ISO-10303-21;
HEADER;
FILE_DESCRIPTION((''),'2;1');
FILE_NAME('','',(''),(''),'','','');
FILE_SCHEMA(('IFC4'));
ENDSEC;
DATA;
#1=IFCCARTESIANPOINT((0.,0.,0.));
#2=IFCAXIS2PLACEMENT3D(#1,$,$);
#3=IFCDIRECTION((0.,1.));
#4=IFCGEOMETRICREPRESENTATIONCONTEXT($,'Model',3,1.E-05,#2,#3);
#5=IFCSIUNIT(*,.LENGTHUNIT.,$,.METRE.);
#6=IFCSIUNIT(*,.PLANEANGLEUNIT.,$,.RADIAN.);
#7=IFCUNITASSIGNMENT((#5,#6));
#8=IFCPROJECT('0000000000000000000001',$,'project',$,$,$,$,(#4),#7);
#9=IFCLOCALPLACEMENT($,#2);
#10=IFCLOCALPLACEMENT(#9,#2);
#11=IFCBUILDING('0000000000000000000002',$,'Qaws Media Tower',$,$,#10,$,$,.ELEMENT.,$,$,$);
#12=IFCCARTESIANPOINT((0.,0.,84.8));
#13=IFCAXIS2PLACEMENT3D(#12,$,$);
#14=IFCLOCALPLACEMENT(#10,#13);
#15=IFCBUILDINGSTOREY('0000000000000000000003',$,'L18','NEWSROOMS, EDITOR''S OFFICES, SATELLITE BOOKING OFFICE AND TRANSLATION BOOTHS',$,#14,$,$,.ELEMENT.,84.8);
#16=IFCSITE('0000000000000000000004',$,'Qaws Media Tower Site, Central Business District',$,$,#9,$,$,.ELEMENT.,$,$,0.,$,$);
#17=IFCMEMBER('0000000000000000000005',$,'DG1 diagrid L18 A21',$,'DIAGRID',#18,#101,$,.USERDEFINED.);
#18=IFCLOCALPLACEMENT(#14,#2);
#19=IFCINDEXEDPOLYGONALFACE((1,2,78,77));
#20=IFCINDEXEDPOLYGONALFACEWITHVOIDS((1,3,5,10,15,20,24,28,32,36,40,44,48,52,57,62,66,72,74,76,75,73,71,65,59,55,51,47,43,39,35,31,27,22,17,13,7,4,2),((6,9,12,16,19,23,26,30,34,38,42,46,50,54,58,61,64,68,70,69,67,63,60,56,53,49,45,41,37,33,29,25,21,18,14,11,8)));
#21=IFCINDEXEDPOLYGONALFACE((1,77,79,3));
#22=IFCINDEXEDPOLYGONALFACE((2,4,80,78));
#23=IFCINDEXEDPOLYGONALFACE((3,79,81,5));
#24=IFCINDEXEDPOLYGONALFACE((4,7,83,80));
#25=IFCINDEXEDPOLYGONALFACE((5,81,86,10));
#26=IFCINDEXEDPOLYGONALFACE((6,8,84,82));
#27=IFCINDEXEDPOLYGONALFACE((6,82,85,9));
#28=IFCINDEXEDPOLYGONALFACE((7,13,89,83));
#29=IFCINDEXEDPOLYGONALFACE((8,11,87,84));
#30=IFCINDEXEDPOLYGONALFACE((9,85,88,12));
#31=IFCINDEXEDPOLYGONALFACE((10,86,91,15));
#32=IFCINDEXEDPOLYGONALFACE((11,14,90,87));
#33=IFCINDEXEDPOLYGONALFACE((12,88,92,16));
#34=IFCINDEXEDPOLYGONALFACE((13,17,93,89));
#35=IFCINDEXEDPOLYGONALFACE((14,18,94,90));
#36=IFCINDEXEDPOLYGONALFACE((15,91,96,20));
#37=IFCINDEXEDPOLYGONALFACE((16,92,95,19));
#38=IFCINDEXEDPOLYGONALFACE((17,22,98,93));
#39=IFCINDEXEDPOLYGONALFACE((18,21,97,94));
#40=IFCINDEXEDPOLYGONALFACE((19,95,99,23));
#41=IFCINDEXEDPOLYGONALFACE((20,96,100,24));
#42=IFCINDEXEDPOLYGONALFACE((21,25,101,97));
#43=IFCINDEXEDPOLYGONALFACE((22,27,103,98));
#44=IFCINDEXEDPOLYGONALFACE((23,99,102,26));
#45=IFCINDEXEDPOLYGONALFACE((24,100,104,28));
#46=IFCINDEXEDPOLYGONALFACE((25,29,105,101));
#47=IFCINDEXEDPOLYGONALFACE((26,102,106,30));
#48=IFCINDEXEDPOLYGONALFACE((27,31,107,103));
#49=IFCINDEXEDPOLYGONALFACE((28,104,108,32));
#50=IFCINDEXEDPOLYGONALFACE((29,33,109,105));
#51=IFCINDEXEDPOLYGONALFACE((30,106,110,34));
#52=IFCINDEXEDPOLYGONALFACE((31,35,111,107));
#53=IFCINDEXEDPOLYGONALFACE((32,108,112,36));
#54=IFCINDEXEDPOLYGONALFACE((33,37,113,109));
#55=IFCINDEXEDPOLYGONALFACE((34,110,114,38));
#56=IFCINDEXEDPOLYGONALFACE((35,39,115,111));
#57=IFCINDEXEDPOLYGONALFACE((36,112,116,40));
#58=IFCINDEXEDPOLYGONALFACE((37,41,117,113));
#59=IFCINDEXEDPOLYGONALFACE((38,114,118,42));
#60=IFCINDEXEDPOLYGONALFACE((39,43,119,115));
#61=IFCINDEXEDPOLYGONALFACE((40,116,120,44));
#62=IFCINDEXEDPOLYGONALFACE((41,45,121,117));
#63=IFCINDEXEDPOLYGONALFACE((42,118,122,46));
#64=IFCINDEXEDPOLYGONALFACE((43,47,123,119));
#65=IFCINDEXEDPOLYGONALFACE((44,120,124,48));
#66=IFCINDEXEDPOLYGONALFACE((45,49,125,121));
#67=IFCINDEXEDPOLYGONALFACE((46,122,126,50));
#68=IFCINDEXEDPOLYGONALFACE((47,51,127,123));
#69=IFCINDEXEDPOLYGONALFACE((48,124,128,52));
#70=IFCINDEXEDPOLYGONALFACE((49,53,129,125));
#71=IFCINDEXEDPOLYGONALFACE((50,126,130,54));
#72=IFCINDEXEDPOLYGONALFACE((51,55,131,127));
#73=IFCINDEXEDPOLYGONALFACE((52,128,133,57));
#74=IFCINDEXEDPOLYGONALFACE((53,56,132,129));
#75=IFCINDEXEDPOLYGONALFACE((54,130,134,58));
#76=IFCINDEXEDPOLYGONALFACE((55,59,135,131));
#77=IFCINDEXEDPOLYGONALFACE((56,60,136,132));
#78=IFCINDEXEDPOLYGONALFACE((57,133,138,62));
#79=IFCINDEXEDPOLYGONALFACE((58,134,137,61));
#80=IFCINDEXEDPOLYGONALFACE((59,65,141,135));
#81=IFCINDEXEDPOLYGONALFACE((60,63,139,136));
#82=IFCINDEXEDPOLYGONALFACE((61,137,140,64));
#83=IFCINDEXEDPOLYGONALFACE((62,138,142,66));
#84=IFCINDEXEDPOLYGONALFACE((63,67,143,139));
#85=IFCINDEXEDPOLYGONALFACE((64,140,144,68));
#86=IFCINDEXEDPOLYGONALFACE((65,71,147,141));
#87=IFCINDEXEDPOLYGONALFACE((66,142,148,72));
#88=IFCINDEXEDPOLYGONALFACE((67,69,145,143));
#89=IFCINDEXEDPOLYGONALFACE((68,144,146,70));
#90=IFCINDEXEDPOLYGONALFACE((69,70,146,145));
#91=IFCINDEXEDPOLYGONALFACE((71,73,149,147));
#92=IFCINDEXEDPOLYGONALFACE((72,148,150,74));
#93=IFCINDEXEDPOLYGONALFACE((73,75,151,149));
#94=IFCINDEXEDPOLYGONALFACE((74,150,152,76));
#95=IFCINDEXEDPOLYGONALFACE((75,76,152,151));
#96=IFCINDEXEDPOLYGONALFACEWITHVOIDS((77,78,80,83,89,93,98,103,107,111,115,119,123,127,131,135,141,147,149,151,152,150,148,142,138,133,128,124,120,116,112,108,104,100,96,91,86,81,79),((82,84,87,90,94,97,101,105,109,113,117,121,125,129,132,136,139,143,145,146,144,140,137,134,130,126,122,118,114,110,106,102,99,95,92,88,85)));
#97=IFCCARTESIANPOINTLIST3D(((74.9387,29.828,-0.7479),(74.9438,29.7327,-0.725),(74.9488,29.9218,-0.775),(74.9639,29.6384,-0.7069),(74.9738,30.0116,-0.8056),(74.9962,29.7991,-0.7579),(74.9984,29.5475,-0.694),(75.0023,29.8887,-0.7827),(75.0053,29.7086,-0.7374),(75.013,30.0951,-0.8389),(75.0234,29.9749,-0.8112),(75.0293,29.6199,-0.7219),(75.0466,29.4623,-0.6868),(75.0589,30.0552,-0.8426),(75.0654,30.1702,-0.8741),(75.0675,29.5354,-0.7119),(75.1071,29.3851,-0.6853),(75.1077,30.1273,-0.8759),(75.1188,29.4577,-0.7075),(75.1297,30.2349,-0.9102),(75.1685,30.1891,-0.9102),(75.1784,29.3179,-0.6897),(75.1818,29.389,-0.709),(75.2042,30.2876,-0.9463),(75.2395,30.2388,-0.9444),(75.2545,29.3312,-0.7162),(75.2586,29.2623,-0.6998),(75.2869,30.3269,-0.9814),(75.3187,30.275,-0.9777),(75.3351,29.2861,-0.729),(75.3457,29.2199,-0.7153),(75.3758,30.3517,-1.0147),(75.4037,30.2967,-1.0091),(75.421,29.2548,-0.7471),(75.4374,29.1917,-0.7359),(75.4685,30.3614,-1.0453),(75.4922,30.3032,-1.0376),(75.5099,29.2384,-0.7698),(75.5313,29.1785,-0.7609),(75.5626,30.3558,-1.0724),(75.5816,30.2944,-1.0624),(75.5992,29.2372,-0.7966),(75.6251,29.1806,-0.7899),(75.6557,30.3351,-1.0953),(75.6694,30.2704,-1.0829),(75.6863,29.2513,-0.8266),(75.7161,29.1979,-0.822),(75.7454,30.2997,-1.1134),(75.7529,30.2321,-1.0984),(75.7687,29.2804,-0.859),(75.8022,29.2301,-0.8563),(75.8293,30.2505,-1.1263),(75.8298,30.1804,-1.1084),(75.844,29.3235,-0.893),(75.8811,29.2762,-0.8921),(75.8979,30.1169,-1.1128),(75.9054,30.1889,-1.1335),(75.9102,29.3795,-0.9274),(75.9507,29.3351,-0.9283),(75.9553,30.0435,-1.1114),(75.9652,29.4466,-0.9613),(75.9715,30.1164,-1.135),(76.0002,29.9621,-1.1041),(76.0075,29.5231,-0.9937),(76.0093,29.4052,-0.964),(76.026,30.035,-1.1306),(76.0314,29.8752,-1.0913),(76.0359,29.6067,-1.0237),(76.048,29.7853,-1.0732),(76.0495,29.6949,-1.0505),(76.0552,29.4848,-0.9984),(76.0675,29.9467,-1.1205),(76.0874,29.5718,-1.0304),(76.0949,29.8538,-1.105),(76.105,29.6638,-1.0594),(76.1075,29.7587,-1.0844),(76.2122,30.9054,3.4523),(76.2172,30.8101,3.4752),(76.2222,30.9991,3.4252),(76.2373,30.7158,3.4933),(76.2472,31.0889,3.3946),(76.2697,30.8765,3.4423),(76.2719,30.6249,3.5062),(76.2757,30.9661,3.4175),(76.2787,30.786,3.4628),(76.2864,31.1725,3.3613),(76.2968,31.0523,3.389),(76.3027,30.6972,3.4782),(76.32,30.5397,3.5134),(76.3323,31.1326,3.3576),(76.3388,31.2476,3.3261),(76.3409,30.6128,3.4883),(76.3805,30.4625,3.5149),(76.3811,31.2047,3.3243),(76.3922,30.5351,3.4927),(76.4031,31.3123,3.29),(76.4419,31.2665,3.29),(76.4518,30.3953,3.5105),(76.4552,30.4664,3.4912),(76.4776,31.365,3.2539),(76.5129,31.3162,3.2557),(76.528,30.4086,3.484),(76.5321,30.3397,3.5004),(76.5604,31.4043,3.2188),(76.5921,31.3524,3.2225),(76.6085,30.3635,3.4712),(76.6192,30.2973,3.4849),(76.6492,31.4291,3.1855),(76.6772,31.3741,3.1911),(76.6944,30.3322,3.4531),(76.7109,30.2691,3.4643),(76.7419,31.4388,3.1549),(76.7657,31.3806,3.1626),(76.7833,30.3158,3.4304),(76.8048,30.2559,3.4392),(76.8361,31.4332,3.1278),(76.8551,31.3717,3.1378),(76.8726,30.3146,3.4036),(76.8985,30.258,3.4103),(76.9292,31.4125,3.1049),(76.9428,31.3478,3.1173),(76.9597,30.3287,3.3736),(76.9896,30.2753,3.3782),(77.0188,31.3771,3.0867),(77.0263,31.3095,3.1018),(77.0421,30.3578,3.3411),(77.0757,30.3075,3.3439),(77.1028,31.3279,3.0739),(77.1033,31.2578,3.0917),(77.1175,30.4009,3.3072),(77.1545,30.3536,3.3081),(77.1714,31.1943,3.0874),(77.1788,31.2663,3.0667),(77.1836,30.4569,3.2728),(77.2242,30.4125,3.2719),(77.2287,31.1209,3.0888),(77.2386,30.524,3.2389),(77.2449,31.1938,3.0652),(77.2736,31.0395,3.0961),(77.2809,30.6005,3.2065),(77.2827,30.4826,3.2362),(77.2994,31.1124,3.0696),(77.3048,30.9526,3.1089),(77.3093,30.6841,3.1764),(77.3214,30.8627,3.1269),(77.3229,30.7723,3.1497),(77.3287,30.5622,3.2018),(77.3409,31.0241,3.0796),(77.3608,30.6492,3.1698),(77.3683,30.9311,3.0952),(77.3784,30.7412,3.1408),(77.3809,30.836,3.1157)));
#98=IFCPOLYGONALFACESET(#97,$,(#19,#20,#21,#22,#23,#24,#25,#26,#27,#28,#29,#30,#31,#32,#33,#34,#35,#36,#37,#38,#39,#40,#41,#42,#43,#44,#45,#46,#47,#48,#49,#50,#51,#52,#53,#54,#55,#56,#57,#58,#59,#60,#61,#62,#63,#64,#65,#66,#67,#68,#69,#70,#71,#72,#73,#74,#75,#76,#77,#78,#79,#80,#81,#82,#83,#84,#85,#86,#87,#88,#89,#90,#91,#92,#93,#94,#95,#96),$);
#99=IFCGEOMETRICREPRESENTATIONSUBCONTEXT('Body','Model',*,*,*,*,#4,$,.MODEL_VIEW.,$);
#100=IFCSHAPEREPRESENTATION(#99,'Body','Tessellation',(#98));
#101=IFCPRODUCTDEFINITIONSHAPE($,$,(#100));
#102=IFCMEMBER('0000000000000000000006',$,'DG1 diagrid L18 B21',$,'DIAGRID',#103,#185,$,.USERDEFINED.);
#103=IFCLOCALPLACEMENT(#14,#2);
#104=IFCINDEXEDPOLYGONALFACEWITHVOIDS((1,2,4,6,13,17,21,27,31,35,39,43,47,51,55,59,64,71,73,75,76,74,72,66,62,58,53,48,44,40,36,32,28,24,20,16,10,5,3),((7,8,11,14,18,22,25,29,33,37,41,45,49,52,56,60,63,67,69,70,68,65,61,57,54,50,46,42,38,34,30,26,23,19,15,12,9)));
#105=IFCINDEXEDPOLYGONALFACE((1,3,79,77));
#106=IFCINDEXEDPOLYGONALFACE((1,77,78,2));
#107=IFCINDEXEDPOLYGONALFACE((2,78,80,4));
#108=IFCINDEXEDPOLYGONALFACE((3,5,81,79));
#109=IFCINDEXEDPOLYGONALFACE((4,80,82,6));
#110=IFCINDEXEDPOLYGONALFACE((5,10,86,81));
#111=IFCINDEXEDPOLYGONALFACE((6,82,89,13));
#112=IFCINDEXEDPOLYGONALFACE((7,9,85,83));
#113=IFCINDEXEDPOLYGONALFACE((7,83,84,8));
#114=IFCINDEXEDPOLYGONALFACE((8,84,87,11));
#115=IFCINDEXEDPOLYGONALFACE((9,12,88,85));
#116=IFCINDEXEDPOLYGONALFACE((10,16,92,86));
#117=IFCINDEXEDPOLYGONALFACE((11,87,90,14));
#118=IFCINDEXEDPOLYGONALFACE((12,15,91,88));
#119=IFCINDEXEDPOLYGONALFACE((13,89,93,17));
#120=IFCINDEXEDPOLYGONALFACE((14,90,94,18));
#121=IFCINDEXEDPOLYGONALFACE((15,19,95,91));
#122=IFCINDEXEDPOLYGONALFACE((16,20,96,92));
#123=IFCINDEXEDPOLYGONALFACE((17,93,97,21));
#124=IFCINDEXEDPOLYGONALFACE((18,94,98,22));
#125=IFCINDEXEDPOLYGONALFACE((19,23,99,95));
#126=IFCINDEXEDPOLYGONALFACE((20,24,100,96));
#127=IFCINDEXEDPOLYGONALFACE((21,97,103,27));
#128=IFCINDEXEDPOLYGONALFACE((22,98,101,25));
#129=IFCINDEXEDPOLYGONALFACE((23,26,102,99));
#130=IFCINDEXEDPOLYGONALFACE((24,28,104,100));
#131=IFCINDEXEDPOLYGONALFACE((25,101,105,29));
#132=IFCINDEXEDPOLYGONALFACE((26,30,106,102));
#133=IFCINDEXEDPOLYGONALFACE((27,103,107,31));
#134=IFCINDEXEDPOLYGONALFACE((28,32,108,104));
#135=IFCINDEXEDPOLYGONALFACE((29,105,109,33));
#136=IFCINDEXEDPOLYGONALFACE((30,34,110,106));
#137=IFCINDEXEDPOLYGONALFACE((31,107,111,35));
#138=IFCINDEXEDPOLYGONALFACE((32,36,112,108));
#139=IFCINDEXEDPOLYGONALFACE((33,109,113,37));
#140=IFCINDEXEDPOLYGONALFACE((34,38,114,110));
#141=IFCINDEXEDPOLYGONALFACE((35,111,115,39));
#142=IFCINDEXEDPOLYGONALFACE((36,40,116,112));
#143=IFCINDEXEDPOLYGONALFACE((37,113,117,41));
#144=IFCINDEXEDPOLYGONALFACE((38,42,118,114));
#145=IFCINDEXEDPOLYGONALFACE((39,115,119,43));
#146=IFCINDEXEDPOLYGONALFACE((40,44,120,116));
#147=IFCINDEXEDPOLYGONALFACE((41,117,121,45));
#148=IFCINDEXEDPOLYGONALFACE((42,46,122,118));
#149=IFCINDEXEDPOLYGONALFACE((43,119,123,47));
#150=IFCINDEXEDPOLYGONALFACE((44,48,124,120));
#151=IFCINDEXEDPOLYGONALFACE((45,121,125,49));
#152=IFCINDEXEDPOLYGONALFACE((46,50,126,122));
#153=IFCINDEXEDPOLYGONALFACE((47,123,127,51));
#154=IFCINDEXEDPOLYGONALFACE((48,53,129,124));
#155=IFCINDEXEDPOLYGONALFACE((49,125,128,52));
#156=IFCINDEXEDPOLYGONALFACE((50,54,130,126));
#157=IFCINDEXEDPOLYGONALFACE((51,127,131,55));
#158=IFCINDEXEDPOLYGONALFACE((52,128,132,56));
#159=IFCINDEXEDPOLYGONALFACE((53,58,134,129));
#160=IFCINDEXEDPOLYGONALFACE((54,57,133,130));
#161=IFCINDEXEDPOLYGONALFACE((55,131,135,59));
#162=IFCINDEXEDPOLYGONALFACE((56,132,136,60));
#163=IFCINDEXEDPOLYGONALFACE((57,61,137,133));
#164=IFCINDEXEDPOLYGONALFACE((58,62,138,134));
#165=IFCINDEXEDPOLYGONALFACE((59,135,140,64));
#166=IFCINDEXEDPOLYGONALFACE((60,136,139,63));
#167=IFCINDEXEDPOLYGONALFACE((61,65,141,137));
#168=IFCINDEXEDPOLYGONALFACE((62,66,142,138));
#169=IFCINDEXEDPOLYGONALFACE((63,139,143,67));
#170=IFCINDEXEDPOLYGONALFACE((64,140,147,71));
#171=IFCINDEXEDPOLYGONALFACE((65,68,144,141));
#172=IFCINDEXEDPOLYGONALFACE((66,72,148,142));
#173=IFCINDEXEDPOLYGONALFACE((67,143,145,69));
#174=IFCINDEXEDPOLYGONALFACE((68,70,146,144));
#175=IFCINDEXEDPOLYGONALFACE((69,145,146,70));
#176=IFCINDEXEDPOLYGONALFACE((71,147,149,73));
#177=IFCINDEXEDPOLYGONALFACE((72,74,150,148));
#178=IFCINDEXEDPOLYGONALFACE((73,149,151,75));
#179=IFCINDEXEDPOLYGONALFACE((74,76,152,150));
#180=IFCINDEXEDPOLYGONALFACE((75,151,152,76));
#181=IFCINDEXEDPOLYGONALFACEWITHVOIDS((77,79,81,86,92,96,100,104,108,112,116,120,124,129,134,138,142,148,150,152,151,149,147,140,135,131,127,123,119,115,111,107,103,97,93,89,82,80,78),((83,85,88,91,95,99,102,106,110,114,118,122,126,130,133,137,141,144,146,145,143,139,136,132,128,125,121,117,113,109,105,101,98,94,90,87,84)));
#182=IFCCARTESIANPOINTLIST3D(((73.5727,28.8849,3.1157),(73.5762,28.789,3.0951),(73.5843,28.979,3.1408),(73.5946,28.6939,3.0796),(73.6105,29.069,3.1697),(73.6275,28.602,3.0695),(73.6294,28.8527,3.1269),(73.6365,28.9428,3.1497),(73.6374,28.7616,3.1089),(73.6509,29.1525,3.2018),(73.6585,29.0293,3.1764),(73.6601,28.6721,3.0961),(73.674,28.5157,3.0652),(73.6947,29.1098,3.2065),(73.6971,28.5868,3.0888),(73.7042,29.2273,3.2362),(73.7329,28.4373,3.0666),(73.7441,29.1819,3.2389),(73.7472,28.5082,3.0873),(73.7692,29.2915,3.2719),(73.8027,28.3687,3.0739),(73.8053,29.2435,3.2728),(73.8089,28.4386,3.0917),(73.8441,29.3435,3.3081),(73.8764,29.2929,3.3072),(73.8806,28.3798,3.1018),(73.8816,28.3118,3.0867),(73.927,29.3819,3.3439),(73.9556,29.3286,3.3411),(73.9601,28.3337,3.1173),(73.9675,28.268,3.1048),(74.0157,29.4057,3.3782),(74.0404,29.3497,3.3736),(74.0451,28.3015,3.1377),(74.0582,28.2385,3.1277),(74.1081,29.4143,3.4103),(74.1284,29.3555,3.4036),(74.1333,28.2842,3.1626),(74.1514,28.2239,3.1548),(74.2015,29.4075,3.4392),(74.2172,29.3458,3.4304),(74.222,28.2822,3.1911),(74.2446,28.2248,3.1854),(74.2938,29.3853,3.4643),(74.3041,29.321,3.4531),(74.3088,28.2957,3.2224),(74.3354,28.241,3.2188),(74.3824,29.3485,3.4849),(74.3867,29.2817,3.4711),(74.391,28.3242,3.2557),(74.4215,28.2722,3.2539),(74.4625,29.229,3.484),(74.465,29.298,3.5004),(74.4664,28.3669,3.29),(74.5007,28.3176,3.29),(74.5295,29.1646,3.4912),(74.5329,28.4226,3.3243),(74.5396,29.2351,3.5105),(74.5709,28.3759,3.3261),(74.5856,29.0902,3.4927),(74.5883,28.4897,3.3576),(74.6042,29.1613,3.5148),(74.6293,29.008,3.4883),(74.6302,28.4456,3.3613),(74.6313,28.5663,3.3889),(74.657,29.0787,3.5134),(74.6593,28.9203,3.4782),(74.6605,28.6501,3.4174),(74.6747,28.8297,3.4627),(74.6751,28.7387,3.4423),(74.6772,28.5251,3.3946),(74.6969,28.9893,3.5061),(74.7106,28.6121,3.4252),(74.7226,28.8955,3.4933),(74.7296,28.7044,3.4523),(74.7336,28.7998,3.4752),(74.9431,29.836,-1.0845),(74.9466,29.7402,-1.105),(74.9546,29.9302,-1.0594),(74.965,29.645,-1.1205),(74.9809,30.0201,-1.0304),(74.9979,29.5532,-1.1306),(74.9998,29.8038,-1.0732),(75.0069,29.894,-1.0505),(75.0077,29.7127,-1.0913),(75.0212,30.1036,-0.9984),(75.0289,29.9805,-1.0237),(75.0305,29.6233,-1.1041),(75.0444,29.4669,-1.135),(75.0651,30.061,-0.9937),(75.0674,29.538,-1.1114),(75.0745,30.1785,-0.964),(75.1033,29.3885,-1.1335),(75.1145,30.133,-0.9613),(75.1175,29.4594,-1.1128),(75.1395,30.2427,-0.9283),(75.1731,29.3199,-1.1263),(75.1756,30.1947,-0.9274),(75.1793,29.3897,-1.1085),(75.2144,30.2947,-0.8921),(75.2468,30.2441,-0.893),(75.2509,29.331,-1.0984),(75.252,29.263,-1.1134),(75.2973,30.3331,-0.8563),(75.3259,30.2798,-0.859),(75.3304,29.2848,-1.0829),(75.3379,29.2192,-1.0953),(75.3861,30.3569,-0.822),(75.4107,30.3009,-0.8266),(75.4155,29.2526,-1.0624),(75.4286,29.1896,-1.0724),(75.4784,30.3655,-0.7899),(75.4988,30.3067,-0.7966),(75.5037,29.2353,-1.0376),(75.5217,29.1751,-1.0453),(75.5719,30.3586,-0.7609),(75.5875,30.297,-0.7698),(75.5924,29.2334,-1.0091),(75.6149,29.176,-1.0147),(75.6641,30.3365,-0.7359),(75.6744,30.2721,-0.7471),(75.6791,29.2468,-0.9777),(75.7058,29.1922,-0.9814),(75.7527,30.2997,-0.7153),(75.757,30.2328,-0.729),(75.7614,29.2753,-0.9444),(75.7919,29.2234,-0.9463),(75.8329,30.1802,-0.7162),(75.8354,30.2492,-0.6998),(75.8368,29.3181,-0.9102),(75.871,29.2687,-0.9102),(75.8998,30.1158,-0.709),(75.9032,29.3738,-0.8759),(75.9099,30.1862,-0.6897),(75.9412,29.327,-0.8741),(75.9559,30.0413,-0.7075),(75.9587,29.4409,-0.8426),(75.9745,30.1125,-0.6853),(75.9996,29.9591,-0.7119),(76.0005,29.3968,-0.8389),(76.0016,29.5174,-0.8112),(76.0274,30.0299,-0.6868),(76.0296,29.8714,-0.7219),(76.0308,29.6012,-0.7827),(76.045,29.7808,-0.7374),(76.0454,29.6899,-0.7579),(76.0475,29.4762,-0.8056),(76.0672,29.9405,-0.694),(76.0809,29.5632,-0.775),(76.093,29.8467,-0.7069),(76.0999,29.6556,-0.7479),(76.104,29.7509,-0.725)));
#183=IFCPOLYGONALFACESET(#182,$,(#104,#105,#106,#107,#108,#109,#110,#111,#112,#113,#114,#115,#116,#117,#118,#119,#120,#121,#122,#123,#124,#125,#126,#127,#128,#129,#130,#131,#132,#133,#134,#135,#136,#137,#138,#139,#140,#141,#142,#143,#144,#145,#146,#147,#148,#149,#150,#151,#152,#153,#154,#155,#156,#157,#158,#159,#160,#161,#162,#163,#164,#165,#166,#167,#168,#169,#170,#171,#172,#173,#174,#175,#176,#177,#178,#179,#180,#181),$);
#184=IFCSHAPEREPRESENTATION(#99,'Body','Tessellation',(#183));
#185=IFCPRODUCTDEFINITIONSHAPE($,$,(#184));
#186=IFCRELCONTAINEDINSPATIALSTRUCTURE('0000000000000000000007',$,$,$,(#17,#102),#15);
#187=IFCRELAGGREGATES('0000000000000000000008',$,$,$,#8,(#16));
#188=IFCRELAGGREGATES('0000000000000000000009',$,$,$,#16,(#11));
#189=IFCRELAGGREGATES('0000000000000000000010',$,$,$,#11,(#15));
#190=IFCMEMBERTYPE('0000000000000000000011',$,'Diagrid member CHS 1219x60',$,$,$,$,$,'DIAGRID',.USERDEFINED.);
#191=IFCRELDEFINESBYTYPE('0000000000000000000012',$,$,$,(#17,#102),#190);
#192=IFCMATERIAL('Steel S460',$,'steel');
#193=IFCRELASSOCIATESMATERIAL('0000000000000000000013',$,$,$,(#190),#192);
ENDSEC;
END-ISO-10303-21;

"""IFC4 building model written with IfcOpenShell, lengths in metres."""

from ifc_helpers import new_model, si_unit, direction, frame, origin, origin_2d, place, context, subcontext, project, spatial, hollow_circle, extrude, material, material_profile, profile_set, type_object, element, save


model = new_model("IFC4")

# Units and contexts
model_context = context("Model", 3, precision=1e-05, world=origin(), true_north=direction((0.0, 1.0)))
body_context = subcontext(model_context, "Body", "Model", "MODEL_VIEW")
ifc_project = project(units=[si_unit("LENGTHUNIT", "METRE"), si_unit("PLANEANGLEUNIT", "RADIAN")], contexts=[model_context])

# Site, building, storey
site_placement = place(None, origin())
site = spatial("IfcSite", under=ifc_project, at=site_placement, Name="Qaws Media Tower Site, Central Business District", CompositionType="ELEMENT", RefElevation=0.0)
building_placement = place(site_placement, origin())
building = spatial("IfcBuilding", under=site, at=building_placement, Name="Qaws Media Tower", CompositionType="ELEMENT")
storey_placement = place(building_placement, frame((0.0, 0.0, 84.8)))
storey = spatial("IfcBuildingStorey", under=building, at=storey_placement, Name="L18", Description="NEWSROOMS, EDITOR'S OFFICES, SATELLITE BOOKING OFFICE AND TRANSLATION BOOTHS", CompositionType="ELEMENT", Elevation=84.8)

# Members
ifc_material_1 = material(Name="Steel S460", Category="steel")
ifc_material_profile_1 = material_profile(ifc_material_1, hollow_circle(Radius=0.6096, WallThickness=0.0601, at=origin_2d()), Name="CHS 1219x60")
ifc_profile_set_1 = profile_set([ifc_material_profile_1], Name="Steel S460")
member_type_1 = type_object("IfcMemberType", Name="Diagrid member CHS 1219x60", ElementType="DIAGRID", PredefinedType="USERDEFINED", material=ifc_profile_set_1)
for number, where, z_axis, x_axis, name in (
    (1, (75.5234, 29.7695, -0.9102), (0.281778, 0.238398, 0.929391), (-0.645896, 0.763425, 0.0), "DG1 diagrid L18 A21"),
    (2, (75.5234, 29.7695, -0.9102), (-0.303223, -0.210468, 0.929386), (0.570207, -0.821501, 0.0), "DG1 diagrid L18 B21"),
):
    element("IfcMember", number, at=place(storey_placement, frame(where, z_axis=z_axis, x_axis=x_axis)), inside=storey, type_object=member_type_1, Name=name, ObjectType="DIAGRID", PredefinedType="USERDEFINED", context=body_context, shape_type="SweptSolid", body=[
        extrude(hollow_circle(Radius=0.6096, WallThickness=0.0601, at=origin_2d()), origin(), (0.0, 0.0, 1.0), 4.5193),
    ])

save(model, "model.ifc")
